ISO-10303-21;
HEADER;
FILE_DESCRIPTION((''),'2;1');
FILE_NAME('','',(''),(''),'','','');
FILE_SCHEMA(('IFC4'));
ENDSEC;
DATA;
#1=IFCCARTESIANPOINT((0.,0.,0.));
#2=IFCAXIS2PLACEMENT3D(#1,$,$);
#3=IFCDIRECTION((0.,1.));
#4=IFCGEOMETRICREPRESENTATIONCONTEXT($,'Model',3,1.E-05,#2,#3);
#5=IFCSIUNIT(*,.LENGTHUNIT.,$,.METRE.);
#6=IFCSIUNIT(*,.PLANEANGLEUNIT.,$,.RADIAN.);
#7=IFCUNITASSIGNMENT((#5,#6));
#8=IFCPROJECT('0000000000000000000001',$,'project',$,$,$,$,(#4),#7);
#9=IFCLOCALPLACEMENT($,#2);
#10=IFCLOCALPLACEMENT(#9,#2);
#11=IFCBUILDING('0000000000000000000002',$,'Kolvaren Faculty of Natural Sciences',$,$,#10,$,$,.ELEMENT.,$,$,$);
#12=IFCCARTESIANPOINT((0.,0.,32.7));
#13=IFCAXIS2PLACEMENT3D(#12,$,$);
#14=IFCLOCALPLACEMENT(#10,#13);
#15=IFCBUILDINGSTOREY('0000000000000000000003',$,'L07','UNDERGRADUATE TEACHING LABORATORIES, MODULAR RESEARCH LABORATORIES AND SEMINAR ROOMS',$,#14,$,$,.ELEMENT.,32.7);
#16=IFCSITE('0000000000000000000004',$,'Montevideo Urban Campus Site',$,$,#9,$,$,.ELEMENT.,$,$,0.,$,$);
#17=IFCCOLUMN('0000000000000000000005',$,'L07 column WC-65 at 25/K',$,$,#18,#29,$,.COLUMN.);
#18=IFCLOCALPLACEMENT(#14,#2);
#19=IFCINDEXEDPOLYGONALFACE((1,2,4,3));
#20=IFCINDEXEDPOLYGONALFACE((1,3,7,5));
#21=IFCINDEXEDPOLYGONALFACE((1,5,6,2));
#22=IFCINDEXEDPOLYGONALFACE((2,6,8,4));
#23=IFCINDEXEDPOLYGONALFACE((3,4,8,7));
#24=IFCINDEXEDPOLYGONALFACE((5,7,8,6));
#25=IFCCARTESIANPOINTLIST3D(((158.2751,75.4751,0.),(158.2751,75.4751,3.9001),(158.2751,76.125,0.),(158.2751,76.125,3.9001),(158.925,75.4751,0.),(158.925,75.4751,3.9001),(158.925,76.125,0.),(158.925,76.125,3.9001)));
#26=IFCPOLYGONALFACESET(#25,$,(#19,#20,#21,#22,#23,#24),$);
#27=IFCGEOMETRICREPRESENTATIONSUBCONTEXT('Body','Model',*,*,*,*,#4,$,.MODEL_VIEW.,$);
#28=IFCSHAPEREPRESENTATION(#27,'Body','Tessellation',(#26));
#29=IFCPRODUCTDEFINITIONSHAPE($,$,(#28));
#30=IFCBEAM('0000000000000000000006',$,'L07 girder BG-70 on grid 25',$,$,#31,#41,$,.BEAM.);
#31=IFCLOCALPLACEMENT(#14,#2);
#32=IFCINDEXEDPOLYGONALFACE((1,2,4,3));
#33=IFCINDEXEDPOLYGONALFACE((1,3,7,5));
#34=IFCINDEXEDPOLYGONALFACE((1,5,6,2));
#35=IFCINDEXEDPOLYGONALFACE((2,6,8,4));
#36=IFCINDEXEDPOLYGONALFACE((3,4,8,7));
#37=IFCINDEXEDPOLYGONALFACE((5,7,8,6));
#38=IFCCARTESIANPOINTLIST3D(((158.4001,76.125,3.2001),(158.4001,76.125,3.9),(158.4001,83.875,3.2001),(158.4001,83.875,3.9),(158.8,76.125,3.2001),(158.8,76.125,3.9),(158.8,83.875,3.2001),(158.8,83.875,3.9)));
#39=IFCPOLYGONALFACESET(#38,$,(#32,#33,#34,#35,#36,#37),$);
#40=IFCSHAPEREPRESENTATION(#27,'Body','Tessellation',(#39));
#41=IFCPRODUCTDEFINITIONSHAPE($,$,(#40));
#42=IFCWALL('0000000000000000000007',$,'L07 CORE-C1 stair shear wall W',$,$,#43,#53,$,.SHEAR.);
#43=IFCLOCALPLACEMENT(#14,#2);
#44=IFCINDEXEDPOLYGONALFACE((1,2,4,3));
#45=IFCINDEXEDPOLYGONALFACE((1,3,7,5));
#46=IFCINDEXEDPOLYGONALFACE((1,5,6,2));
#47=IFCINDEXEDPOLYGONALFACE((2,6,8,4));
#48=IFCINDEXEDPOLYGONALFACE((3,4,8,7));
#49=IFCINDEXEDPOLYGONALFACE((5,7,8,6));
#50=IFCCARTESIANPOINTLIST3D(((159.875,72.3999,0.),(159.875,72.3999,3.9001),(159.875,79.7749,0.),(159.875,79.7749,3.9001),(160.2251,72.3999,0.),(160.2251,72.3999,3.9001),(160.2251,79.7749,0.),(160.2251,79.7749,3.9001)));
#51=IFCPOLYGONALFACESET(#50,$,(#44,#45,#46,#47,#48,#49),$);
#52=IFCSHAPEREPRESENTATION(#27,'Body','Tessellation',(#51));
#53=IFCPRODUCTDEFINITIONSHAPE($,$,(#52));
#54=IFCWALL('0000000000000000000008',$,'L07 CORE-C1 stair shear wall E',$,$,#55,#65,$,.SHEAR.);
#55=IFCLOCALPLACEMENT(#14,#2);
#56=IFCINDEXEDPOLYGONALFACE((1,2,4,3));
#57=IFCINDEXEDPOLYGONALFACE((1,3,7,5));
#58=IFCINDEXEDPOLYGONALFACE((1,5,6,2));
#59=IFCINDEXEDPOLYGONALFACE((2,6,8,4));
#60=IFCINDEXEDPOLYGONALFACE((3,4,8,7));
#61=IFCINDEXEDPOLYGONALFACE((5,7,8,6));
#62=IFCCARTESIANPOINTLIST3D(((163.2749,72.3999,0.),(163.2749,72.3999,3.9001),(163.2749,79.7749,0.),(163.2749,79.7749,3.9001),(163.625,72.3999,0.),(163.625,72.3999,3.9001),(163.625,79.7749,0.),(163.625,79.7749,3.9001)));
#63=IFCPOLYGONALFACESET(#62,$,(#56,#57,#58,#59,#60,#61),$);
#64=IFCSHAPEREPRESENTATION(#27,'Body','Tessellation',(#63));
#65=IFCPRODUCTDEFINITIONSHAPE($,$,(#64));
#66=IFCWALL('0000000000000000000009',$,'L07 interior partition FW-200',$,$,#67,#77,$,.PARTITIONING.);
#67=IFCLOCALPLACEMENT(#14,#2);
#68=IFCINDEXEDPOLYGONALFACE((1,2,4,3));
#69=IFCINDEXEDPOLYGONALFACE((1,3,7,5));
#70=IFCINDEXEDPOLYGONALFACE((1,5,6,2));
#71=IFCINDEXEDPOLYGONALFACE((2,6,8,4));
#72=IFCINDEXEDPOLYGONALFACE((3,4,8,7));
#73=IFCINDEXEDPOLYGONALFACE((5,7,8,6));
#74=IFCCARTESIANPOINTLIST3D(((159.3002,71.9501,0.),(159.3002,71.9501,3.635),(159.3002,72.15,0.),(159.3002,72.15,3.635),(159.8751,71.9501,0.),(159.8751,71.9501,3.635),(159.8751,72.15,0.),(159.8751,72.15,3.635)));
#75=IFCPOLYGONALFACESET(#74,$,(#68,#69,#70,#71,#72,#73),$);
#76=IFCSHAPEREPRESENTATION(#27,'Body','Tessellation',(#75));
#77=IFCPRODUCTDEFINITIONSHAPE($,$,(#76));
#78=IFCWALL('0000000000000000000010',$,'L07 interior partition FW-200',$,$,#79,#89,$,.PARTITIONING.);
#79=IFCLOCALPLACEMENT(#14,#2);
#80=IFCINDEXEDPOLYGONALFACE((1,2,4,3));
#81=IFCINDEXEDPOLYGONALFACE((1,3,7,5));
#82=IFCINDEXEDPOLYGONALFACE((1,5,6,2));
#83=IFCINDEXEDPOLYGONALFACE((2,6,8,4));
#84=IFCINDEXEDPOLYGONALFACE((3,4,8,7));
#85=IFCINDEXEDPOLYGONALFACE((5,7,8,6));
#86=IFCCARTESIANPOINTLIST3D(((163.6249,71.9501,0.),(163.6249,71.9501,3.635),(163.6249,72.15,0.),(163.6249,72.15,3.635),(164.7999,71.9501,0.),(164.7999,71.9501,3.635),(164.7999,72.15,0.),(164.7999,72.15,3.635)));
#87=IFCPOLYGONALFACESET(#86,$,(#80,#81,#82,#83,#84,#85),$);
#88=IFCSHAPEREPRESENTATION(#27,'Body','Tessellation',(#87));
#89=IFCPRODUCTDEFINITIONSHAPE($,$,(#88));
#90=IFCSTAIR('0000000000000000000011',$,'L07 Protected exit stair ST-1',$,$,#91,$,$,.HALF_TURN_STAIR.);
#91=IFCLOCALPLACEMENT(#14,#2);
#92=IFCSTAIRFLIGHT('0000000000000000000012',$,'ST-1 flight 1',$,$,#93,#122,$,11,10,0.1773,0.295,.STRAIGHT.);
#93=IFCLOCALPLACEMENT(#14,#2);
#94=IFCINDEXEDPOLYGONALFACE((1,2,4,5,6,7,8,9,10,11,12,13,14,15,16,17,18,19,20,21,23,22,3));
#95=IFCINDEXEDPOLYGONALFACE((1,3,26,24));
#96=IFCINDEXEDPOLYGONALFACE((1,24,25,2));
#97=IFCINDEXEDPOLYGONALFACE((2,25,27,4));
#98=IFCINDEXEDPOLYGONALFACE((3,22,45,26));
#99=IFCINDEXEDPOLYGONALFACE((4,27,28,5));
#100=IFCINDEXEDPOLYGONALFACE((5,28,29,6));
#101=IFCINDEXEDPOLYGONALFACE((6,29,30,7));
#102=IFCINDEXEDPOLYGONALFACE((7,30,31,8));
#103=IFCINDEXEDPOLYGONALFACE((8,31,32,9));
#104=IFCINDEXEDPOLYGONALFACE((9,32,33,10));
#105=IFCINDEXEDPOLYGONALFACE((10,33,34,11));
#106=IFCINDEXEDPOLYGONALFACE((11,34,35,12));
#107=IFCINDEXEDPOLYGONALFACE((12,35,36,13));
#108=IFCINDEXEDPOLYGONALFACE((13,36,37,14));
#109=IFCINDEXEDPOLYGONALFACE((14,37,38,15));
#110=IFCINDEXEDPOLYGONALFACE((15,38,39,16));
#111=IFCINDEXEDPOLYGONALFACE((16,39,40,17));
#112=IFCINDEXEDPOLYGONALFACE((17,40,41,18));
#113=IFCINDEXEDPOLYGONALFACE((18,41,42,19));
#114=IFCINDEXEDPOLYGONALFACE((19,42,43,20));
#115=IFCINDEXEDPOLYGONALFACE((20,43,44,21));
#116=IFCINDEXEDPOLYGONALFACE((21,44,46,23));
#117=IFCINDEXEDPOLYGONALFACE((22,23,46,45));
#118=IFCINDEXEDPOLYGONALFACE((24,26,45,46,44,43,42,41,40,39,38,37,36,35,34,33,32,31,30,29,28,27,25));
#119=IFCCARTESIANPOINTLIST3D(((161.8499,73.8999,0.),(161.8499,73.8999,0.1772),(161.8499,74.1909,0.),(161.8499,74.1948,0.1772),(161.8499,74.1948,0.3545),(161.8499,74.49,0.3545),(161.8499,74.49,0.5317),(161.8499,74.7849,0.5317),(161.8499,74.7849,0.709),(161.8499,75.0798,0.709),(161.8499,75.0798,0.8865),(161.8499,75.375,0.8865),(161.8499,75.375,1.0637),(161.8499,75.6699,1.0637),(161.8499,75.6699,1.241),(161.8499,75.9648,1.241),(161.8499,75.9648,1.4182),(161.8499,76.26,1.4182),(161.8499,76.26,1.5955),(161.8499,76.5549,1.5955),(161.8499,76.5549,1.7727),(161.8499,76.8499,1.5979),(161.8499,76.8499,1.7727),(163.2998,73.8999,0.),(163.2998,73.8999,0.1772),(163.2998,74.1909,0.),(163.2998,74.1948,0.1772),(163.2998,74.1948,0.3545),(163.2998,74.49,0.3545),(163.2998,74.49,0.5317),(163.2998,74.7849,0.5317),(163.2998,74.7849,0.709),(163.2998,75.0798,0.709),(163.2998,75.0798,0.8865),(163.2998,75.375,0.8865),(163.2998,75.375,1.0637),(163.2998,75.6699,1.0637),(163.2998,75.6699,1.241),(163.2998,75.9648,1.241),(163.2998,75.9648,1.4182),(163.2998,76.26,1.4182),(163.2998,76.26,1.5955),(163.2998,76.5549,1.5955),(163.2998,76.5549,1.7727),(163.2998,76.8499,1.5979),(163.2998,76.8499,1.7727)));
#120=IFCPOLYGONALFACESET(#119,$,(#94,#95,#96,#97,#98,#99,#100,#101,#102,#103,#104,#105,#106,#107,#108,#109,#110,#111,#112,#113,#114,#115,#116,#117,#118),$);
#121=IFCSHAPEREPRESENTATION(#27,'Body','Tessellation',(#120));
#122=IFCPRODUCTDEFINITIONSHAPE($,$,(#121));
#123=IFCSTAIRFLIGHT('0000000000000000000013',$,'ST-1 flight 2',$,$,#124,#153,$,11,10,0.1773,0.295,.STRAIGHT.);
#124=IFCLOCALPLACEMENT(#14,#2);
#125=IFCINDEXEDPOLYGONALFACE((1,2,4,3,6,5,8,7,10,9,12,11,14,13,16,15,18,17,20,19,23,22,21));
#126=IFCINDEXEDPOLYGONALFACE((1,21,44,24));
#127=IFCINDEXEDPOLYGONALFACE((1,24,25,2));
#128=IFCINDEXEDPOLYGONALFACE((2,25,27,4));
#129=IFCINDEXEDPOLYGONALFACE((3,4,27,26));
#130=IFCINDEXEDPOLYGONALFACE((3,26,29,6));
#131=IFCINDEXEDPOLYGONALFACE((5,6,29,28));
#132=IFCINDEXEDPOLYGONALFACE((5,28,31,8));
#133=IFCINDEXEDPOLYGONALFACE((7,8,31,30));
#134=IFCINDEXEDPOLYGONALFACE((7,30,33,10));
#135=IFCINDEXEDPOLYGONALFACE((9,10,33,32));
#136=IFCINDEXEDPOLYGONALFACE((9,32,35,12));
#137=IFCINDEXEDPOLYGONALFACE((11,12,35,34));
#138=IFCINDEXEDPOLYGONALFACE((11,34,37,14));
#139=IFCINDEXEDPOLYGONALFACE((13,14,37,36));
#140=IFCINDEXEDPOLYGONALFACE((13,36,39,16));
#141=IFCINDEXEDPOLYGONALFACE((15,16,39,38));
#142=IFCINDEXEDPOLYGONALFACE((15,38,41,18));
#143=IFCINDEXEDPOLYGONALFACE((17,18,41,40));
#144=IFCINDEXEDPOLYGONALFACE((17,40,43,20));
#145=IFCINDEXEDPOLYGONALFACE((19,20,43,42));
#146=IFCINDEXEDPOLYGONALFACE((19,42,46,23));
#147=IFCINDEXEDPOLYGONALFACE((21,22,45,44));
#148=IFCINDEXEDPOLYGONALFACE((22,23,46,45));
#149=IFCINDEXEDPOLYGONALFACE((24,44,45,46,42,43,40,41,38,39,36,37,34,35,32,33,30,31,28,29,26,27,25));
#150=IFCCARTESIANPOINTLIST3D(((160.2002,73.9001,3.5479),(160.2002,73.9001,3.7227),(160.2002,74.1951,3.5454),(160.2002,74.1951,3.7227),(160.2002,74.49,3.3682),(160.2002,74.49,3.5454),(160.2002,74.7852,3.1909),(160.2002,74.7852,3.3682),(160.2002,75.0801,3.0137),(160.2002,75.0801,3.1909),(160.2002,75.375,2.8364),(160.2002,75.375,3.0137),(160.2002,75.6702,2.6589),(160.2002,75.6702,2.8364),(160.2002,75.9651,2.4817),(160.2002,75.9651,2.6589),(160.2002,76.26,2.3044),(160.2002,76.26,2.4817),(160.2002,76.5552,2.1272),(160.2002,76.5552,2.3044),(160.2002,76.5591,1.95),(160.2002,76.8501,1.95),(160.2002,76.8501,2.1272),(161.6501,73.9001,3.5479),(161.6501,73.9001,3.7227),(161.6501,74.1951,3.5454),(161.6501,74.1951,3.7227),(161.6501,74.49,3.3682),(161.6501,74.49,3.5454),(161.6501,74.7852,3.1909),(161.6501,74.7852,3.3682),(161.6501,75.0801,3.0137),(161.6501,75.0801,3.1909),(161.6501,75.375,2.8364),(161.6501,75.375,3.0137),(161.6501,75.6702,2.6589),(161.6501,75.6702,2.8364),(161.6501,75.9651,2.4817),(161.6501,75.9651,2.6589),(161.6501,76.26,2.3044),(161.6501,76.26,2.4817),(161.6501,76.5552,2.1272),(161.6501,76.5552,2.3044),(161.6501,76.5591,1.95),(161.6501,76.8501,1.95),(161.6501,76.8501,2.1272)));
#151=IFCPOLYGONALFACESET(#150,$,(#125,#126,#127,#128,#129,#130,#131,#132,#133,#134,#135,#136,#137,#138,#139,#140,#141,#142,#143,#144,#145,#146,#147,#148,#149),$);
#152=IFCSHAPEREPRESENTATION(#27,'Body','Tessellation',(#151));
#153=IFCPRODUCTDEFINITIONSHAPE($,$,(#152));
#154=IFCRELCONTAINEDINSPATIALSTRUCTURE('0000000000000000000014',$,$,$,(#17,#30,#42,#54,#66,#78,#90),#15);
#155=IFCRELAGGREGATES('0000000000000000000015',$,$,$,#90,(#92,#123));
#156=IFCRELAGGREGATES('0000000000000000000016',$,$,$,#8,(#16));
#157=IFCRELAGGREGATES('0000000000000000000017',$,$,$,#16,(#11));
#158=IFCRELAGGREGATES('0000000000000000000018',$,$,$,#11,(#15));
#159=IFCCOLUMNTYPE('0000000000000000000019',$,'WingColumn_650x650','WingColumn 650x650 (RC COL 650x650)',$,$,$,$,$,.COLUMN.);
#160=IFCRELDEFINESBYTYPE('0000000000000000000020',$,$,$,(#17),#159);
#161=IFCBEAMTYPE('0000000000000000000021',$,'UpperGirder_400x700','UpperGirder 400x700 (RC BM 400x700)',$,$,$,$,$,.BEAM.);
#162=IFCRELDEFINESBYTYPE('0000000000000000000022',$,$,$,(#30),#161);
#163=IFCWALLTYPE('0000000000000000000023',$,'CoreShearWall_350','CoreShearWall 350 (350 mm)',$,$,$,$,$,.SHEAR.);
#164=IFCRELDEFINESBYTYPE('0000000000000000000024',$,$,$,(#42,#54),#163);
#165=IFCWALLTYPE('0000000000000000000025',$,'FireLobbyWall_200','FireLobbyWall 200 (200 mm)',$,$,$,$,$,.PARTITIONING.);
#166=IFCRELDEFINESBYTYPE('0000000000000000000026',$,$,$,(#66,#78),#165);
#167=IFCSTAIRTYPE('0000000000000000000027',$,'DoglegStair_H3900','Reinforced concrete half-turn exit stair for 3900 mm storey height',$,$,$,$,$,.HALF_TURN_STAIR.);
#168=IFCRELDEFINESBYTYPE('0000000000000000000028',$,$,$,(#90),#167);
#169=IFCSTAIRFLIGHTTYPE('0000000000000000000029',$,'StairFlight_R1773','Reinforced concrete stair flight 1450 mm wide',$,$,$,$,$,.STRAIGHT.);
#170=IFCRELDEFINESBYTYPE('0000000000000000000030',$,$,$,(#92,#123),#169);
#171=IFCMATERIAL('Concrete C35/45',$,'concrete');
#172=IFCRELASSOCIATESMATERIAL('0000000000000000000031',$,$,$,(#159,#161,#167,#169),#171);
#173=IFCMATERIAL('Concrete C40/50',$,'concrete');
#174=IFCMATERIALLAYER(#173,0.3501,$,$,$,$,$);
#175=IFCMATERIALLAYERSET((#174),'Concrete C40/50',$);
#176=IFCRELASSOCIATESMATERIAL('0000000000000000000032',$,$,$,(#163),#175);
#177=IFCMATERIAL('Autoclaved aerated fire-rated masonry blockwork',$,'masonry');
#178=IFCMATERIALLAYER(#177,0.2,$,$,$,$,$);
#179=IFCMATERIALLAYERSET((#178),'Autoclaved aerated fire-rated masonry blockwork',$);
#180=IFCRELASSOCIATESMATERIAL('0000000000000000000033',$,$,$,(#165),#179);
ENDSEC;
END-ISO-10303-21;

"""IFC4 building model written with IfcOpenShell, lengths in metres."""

from ifc_helpers import new_model, si_unit, direction, frame, frame_2d, origin, origin_2d, place, context, subcontext, project, spatial, polyline, rectangle, outline, extrude, material, layer, layer_set, material_profile, profile_set, type_object, element, aggregate, save


model = new_model("IFC4")

# Units and contexts
model_context = context("Model", 3, precision=1e-05, world=origin(), true_north=direction((0.0, 1.0)))
body_context = subcontext(model_context, "Body", "Model", "MODEL_VIEW")
ifc_project = project(units=[si_unit("LENGTHUNIT", "METRE"), si_unit("PLANEANGLEUNIT", "RADIAN")], contexts=[model_context])

# Site, building, storey
site_placement = place(None, origin())
site = spatial("IfcSite", under=ifc_project, at=site_placement, Name="Montevideo Urban Campus Site", CompositionType="ELEMENT", RefElevation=0.0)
building_placement = place(site_placement, origin())
building = spatial("IfcBuilding", under=site, at=building_placement, Name="Kolvaren Faculty of Natural Sciences", CompositionType="ELEMENT")
storey_placement = place(building_placement, frame((0.0, 0.0, 32.7)))
storey = spatial("IfcBuildingStorey", under=building, at=storey_placement, Name="L07", Description="UNDERGRADUATE TEACHING LABORATORIES, MODULAR RESEARCH LABORATORIES AND SEMINAR ROOMS", CompositionType="ELEMENT", Elevation=32.7)

# Column
ifc_material_1 = material(Name="Concrete C35/45", Category="concrete")
ifc_material_profile_1 = material_profile(ifc_material_1, rectangle(XDim=0.6499, YDim=0.6499, at=origin_2d()), Name="RC COL 650x650")
ifc_profile_set_1 = profile_set([ifc_material_profile_1], Name="Concrete C35/45")
column_type = type_object("IfcColumnType", Name="WingColumn_650x650", Description="WingColumn 650x650 (RC COL 650x650)", PredefinedType="COLUMN", material=ifc_profile_set_1)
column_placement = place(storey_placement, frame((158.6001, 75.8, 0.0), z_axis=(0.0, 0.0, 1.0), x_axis=(1.0, 0.0, 0.0)))
element("IfcColumn", 1, at=column_placement, inside=storey, type_object=column_type, Name="L07 column WC-65 at 25/K", PredefinedType="COLUMN", context=body_context, shape_type="SweptSolid", body=[
    extrude(rectangle(XDim=0.6499, YDim=0.6499, at=origin_2d()), origin(), (0.0, 0.0, 1.0), 3.9001),
])

# Beam
ifc_material_profile_2 = material_profile(ifc_material_1, rectangle(XDim=0.3999, YDim=0.7, at=origin_2d()), Name="RC BM 400x700")
ifc_profile_set_2 = profile_set([ifc_material_profile_2], Name="Concrete C35/45")
beam_type = type_object("IfcBeamType", Name="UpperGirder_400x700", Description="UpperGirder 400x700 (RC BM 400x700)", PredefinedType="BEAM", material=ifc_profile_set_2)
beam_placement = place(storey_placement, frame((158.6001, 76.125, 3.55), z_axis=(0.0, 1.0, 0.0), x_axis=(-1.0, 0.0, 0.0)))
element("IfcBeam", 2, at=beam_placement, inside=storey, type_object=beam_type, Name="L07 girder BG-70 on grid 25", PredefinedType="BEAM", context=body_context, shape_type="SweptSolid", body=[
    extrude(rectangle(XDim=0.3999, YDim=0.7, at=origin_2d()), origin(), (0.0, 0.0, 1.0), 7.75),
])

# Shared definitions
ifc_material_2 = material(Name="Concrete C40/50", Category="concrete")
ifc_layer_1 = layer(ifc_material_2, 0.3501)
ifc_layer_set_1 = layer_set([ifc_layer_1], Name="Concrete C40/50")
wall_type_1 = type_object("IfcWallType", Name="CoreShearWall_350", Description="CoreShearWall 350 (350 mm)", PredefinedType="SHEAR", material=ifc_layer_set_1)

# Walls
for number, where, z_axis, x_axis, name in (
    (3, (160.05, 72.3999, 0.0), (0.0, 0.0, 1.0), (0.0, 1.0, 0.0), "L07 CORE-C1 stair shear wall W"),
    (4, (163.45, 72.3999, 0.0), (0.0, 0.0, 1.0), (0.0, 1.0, 0.0), "L07 CORE-C1 stair shear wall E"),
):
    element("IfcWall", number, at=place(storey_placement, frame(where, z_axis=z_axis, x_axis=x_axis)), inside=storey, type_object=wall_type_1, Name=name, PredefinedType="SHEAR", context=body_context, shape_type="SweptSolid", body=[
        extrude(rectangle(XDim=7.375, YDim=0.3501, at=frame_2d((3.6875, 0.0))), origin(), (0.0, 0.0, 1.0), 3.9001),
    ])
ifc_material_3 = material(Name="Autoclaved aerated fire-rated masonry blockwork", Category="masonry")
ifc_layer_2 = layer(ifc_material_3, 0.2)
ifc_layer_set_2 = layer_set([ifc_layer_2], Name="Autoclaved aerated fire-rated masonry blockwork")
wall_type_2 = type_object("IfcWallType", Name="FireLobbyWall_200", Description="FireLobbyWall 200 (200 mm)", PredefinedType="PARTITIONING", material=ifc_layer_set_2)
wall_1_placement = place(storey_placement, frame((159.3, 72.05, 0.0), z_axis=(0.0, 0.0, 1.0), x_axis=(1.0, 0.0, 0.0)))
element("IfcWall", 5, at=wall_1_placement, inside=storey, type_object=wall_type_2, Name="L07 interior partition FW-200", PredefinedType="PARTITIONING", context=body_context, shape_type="SweptSolid", body=[
    extrude(rectangle(XDim=0.575, YDim=0.2, at=frame_2d((0.2876, 0.0))), origin(), (0.0, 0.0, 1.0), 3.635),
])
wall_2_placement = place(storey_placement, frame((163.625, 72.05, 0.0), z_axis=(0.0, 0.0, 1.0), x_axis=(1.0, 0.0, 0.0)))
element("IfcWall", 6, at=wall_2_placement, inside=storey, type_object=wall_type_2, Name="L07 interior partition FW-200", PredefinedType="PARTITIONING", context=body_context, shape_type="SweptSolid", body=[
    extrude(rectangle(XDim=1.175, YDim=0.2, at=frame_2d((0.5874, 0.0))), origin(), (0.0, 0.0, 1.0), 3.635),
])

# Stair, stair flights
stair_type = type_object("IfcStairType", Name="DoglegStair_H3900", Description="Reinforced concrete half-turn exit stair for 3900 mm storey height", PredefinedType="HALF_TURN_STAIR", material=ifc_material_1)
stair_placement = place(storey_placement, origin())
stair = element("IfcStair", 7, at=stair_placement, inside=storey, type_object=stair_type, Name="L07 Protected exit stair ST-1", PredefinedType="HALF_TURN_STAIR")
stair_flight_type = type_object("IfcStairFlightType", Name="StairFlight_R1773", Description="Reinforced concrete stair flight 1450 mm wide", PredefinedType="STRAIGHT", material=ifc_material_1)
stair_flight_1_placement = place(storey_placement, frame((162.575, 73.8999, 0.0), z_axis=(0.0, 0.0, 1.0), x_axis=(0.0, 1.0, 0.0)))
stair_flight_1 = element("IfcStairFlight", 8, at=stair_flight_1_placement, type_object=stair_flight_type, Name="ST-1 flight 1", NumberOfRisers=11, NumberOfTreads=10, PredefinedType="STRAIGHT", RiserHeight=0.1773, TreadLength=0.295, context=body_context, shape_type="SweptSolid", body=[
    extrude(outline(polyline([(0.0, 0.0), (0.0, 0.1772), (0.2949, 0.1772), (0.2949, 0.3545), (0.5901, 0.3545), (0.5901, 0.5317), (0.885, 0.5317), (0.885, 0.709), (1.1799, 0.709), (1.1799, 0.8865), (1.4751, 0.8865), (1.4751, 1.0637), (1.77, 1.0637), (1.77, 1.241), (2.0649, 1.241), (2.0649, 1.4182), (2.3601, 1.4182), (2.3601, 1.5955), (2.655, 1.5955), (2.655, 1.7727), (2.95, 1.7727), (2.95, 1.95), (2.95, 1.5979), (0.291, 0.0), (0.0, 0.0)])), frame((0.0, 0.7251, 0.0), z_axis=(0.0, -1.0, 0.0), x_axis=(1.0, 0.0, 0.0)), (0.0, 0.0, 1.0), 1.45),
])
stair_flight_2_placement = place(storey_placement, frame((160.925, 76.8501, 1.95), z_axis=(0.0, 0.0, 1.0), x_axis=(0.0, -1.0, 0.0)))
stair_flight_2 = element("IfcStairFlight", 9, at=stair_flight_2_placement, type_object=stair_flight_type, Name="ST-1 flight 2", NumberOfRisers=11, NumberOfTreads=10, PredefinedType="STRAIGHT", RiserHeight=0.1773, TreadLength=0.295, context=body_context, shape_type="SweptSolid", body=[
    extrude(outline(polyline([(0.0, 0.0), (0.0, 0.1772), (0.2949, 0.1772), (0.2949, 0.3545), (0.5901, 0.3545), (0.5901, 0.5317), (0.885, 0.5317), (0.885, 0.709), (1.1799, 0.709), (1.1799, 0.8865), (1.4751, 0.8865), (1.4751, 1.0637), (1.77, 1.0637), (1.77, 1.241), (2.0649, 1.241), (2.0649, 1.4182), (2.3601, 1.4182), (2.3601, 1.5955), (2.655, 1.5955), (2.655, 1.7727), (2.95, 1.7727), (2.95, 1.95), (2.95, 1.5979), (0.291, 0.0), (0.0, 0.0)])), frame((0.0, 0.7251, 0.0), z_axis=(0.0, -1.0, 0.0), x_axis=(1.0, 0.0, 0.0)), (0.0, 0.0, 1.0), 1.45),
])
aggregate(stair, [stair_flight_1, stair_flight_2])

save(model, "model.ifc")
